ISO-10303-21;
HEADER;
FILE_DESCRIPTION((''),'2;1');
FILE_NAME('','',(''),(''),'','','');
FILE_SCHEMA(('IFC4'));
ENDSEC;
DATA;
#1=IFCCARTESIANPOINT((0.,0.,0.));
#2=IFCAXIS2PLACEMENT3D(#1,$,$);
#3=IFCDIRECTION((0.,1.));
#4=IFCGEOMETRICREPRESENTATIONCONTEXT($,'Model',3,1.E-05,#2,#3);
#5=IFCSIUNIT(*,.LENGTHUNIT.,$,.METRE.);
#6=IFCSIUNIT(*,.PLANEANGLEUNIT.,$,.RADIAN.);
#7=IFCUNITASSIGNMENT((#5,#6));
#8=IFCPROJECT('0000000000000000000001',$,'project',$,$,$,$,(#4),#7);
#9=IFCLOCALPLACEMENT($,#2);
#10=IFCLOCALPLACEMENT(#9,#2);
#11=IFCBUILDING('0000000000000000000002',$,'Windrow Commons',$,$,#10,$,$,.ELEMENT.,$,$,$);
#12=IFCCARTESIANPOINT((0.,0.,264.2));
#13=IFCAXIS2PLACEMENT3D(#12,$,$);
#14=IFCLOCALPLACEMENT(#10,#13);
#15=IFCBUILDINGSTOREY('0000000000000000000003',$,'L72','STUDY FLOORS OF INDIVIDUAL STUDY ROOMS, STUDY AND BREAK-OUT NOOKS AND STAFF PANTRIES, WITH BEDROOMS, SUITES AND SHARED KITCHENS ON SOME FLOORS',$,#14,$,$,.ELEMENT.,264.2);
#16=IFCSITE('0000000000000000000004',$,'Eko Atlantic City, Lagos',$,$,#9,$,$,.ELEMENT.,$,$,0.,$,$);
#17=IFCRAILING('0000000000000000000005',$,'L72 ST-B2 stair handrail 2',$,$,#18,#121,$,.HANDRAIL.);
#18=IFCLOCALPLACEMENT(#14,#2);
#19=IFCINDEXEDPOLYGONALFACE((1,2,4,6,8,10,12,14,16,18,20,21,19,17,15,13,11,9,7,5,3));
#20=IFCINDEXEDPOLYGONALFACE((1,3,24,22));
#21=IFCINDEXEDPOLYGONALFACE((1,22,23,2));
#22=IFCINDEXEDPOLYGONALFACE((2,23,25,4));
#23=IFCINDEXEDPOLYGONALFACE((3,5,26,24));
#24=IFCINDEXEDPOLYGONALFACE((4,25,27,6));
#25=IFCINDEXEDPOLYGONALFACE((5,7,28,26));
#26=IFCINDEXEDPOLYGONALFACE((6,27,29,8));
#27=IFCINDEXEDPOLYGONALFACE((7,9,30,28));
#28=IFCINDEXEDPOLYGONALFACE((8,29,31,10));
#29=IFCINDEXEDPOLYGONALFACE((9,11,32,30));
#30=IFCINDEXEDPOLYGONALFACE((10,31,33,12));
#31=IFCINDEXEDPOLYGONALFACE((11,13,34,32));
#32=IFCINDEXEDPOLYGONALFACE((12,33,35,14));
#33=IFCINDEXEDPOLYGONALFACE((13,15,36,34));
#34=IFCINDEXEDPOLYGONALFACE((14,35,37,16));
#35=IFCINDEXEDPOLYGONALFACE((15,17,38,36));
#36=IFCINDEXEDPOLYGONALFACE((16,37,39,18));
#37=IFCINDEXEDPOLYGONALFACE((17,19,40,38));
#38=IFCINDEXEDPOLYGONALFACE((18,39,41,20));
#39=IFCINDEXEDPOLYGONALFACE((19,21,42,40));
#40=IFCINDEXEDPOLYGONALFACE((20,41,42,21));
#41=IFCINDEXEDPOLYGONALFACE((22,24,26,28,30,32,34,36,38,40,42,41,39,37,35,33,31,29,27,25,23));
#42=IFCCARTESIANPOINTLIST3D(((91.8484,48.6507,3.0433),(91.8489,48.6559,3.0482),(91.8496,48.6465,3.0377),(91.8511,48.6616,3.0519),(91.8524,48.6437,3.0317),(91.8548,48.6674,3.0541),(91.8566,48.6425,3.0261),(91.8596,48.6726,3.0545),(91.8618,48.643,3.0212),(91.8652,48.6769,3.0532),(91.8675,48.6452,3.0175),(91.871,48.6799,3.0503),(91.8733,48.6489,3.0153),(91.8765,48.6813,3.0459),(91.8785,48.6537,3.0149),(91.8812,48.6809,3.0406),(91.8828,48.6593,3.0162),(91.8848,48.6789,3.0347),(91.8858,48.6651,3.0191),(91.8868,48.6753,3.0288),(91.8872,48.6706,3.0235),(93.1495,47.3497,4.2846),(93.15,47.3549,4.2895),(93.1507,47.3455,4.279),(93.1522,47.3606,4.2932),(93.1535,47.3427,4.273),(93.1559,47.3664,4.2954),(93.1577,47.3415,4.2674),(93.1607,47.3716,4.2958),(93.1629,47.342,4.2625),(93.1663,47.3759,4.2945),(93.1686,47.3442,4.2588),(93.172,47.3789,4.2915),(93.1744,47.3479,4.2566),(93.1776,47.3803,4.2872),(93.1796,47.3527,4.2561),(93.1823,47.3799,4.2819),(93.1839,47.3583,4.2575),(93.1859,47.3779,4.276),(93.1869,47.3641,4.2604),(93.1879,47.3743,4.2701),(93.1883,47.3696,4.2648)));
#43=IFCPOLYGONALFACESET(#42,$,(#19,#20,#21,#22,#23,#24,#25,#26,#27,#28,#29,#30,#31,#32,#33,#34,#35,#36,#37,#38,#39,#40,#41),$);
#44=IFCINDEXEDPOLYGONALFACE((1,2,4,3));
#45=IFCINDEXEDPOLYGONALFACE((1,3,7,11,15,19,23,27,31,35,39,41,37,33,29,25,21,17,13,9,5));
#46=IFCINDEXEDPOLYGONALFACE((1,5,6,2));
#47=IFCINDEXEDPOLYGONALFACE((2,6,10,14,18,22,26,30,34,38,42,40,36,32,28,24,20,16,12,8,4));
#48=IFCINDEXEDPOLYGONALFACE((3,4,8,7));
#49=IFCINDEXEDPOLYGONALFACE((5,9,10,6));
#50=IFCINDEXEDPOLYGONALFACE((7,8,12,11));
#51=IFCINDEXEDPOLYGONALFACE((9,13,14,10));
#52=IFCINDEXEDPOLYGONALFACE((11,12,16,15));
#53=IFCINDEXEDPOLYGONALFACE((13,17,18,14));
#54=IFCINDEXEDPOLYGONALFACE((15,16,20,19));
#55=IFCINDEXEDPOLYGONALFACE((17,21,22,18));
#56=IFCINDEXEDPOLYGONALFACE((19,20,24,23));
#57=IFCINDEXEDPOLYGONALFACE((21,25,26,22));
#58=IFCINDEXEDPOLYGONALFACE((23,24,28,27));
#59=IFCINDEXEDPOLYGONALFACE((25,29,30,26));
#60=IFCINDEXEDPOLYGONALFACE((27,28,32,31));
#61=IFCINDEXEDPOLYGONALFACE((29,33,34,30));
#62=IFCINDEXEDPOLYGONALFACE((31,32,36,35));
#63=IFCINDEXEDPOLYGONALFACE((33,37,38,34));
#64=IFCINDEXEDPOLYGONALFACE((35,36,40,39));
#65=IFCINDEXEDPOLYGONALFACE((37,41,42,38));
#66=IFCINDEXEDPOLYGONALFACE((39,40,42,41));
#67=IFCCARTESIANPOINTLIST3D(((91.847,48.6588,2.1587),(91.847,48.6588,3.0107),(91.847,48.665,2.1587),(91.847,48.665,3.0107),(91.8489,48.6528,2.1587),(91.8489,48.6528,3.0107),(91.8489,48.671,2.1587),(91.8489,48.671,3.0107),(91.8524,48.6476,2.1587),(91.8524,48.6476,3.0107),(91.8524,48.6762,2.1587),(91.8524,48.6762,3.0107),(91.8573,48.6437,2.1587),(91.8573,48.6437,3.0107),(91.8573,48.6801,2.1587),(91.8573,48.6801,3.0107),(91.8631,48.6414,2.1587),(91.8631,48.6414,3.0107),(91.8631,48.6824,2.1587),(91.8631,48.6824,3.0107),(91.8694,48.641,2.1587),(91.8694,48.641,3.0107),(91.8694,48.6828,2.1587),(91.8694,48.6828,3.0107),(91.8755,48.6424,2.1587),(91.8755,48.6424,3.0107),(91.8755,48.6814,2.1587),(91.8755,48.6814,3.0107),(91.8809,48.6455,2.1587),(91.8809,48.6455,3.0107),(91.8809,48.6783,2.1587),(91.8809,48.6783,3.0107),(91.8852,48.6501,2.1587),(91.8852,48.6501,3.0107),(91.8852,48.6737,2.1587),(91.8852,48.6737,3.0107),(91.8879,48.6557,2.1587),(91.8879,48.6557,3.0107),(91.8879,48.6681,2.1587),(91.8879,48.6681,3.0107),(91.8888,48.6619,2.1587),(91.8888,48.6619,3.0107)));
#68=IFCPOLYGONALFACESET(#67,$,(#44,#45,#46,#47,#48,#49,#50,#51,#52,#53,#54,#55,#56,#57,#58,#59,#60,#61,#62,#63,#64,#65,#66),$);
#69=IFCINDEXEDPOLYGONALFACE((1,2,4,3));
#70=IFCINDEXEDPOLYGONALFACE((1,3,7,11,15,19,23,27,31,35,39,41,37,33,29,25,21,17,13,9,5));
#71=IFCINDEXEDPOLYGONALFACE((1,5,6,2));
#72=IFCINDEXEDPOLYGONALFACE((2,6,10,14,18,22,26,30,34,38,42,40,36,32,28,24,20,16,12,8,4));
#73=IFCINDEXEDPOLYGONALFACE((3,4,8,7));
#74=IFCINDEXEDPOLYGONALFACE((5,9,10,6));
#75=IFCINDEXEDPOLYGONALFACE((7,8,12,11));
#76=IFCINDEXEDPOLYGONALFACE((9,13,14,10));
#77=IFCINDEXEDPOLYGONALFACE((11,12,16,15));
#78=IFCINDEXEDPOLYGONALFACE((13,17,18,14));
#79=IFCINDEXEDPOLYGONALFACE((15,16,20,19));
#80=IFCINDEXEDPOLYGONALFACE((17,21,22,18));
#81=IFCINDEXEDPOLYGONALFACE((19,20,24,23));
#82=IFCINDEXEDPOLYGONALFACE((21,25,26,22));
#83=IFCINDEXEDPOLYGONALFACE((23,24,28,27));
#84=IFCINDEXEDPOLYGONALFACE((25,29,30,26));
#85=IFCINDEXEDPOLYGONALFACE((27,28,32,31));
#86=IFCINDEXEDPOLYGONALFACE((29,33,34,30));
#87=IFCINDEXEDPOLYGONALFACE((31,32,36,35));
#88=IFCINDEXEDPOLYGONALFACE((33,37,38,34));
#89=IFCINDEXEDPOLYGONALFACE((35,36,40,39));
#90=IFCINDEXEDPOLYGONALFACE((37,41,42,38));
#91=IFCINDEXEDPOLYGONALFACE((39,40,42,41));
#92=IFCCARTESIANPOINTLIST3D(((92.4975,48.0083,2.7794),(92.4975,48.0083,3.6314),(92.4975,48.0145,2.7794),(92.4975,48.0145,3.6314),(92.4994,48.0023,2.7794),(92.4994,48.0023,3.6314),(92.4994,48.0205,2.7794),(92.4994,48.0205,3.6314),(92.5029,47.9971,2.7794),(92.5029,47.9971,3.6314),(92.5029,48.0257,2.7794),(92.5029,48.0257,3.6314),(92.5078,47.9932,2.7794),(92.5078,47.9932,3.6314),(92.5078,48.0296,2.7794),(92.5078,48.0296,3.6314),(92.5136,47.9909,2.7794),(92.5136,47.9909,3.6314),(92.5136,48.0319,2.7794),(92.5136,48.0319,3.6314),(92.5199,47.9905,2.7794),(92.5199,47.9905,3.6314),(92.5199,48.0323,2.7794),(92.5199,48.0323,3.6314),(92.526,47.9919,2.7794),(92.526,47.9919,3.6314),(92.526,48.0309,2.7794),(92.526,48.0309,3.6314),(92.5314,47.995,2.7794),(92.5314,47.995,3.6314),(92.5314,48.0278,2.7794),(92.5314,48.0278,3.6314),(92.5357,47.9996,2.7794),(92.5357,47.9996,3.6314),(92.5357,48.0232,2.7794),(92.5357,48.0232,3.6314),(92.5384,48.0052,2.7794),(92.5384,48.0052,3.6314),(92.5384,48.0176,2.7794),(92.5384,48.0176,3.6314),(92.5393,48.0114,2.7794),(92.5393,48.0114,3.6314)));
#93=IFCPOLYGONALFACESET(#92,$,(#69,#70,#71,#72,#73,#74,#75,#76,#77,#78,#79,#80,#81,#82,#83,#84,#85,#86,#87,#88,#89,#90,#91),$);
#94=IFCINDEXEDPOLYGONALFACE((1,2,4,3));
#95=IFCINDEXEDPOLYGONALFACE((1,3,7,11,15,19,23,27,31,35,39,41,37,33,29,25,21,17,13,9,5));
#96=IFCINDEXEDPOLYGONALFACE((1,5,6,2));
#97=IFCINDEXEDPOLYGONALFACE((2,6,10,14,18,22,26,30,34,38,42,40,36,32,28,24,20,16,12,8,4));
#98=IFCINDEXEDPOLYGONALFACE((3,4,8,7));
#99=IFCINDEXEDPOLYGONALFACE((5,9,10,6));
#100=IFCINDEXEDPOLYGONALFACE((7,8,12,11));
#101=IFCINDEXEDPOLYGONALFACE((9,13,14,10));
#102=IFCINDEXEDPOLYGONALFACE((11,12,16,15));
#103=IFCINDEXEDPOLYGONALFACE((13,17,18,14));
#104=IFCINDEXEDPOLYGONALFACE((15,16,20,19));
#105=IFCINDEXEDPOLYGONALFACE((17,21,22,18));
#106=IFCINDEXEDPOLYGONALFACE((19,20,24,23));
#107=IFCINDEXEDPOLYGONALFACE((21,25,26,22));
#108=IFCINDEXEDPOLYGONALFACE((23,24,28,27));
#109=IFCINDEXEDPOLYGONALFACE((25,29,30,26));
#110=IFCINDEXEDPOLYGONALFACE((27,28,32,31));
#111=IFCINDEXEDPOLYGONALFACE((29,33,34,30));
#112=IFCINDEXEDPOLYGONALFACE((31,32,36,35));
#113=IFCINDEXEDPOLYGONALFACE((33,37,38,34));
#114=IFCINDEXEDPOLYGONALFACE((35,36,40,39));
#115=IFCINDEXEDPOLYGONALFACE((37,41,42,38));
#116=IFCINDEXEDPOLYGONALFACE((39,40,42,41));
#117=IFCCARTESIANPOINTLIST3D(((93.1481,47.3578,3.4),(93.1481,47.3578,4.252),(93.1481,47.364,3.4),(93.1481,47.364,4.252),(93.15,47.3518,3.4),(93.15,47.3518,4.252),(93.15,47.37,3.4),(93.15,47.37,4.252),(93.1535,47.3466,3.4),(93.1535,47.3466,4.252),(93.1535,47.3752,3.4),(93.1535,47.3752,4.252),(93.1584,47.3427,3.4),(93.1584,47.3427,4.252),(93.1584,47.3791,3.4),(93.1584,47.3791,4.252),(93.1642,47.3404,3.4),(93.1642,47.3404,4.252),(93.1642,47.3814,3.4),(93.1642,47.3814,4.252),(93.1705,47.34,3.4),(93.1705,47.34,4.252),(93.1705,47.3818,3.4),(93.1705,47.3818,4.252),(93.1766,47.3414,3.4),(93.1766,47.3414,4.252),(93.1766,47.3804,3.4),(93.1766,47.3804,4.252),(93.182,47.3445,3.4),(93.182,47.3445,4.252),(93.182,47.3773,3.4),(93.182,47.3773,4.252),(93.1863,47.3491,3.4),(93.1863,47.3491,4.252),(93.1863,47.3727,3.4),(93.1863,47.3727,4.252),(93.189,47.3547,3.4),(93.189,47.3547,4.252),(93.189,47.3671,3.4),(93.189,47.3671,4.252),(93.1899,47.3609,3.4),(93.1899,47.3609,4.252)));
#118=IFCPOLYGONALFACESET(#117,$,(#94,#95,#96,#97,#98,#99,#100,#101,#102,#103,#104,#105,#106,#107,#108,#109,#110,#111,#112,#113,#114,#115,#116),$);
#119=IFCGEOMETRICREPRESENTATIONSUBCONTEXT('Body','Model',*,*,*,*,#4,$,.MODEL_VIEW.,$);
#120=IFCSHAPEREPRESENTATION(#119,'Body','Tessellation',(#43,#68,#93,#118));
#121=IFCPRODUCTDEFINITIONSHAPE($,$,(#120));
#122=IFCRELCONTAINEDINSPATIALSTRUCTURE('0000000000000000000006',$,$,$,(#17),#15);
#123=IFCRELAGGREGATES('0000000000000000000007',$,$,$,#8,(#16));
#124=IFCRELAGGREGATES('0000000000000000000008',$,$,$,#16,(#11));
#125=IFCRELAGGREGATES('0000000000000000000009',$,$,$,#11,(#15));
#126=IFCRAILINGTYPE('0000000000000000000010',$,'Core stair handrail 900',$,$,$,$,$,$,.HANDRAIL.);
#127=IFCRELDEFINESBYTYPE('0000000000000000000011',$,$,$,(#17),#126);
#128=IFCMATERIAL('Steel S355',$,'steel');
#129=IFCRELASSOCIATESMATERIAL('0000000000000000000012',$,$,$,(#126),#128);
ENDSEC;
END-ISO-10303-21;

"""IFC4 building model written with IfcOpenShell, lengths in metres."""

from ifc_helpers import new_model, si_unit, direction, frame, origin, origin_2d, place, context, subcontext, project, spatial, circle, extrude, material, type_object, element, save


model = new_model("IFC4")

# Units and contexts
model_context = context("Model", 3, precision=1e-05, world=origin(), true_north=direction((0.0, 1.0)))
body_context = subcontext(model_context, "Body", "Model", "MODEL_VIEW")
ifc_project = project(units=[si_unit("LENGTHUNIT", "METRE"), si_unit("PLANEANGLEUNIT", "RADIAN")], contexts=[model_context])

# Site, building, storey
site_placement = place(None, origin())
site = spatial("IfcSite", under=ifc_project, at=site_placement, Name="Eko Atlantic City, Lagos", CompositionType="ELEMENT", RefElevation=0.0)
building_placement = place(site_placement, origin())
building = spatial("IfcBuilding", under=site, at=building_placement, Name="Windrow Commons", CompositionType="ELEMENT")
storey_placement = place(building_placement, frame((0.0, 0.0, 264.2)))
storey = spatial("IfcBuildingStorey", under=building, at=storey_placement, Name="L72", Description="STUDY FLOORS OF INDIVIDUAL STUDY ROOMS, STUDY AND BREAK-OUT NOOKS AND STAFF PANTRIES, WITH BEDROOMS, SUITES AND SHARED KITCHENS ON SOME FLOORS", CompositionType="ELEMENT", Elevation=264.2)

# Railing
ifc_material_1 = material(Name="Steel S355", Category="steel")
railing_type_1 = type_object("IfcRailingType", Name="Core stair handrail 900", PredefinedType="HANDRAIL", material=ifc_material_1)
railing_1_placement = place(storey_placement, frame((91.8678, 48.6619, 2.1587)))
element("IfcRailing", 1, at=railing_1_placement, inside=storey, type_object=railing_type_1, Name="L72 ST-B2 stair handrail 2", PredefinedType="HANDRAIL", context=body_context, shape_type="SweptSolid", body=[
    extrude(circle(Radius=0.024, at=origin_2d()), frame((0.0, 0.0, 0.876), z_axis=(0.586207, -0.586162, 0.559264), x_axis=(0.70708, 0.707134, 0.0)), (0.0, 0.0, 1.0), 2.2195),
    extrude(circle(Radius=0.021, at=origin_2d()), origin(), (0.0, 0.0, 1.0), 0.852),
    extrude(circle(Radius=0.021, at=origin_2d()), frame((0.6505, -0.6505, 0.6207)), (0.0, 0.0, 1.0), 0.852),
    extrude(circle(Radius=0.021, at=origin_2d()), frame((1.3011, -1.301, 1.2413)), (0.0, 0.0, 1.0), 0.852),
])

save(model, "model.ifc")
